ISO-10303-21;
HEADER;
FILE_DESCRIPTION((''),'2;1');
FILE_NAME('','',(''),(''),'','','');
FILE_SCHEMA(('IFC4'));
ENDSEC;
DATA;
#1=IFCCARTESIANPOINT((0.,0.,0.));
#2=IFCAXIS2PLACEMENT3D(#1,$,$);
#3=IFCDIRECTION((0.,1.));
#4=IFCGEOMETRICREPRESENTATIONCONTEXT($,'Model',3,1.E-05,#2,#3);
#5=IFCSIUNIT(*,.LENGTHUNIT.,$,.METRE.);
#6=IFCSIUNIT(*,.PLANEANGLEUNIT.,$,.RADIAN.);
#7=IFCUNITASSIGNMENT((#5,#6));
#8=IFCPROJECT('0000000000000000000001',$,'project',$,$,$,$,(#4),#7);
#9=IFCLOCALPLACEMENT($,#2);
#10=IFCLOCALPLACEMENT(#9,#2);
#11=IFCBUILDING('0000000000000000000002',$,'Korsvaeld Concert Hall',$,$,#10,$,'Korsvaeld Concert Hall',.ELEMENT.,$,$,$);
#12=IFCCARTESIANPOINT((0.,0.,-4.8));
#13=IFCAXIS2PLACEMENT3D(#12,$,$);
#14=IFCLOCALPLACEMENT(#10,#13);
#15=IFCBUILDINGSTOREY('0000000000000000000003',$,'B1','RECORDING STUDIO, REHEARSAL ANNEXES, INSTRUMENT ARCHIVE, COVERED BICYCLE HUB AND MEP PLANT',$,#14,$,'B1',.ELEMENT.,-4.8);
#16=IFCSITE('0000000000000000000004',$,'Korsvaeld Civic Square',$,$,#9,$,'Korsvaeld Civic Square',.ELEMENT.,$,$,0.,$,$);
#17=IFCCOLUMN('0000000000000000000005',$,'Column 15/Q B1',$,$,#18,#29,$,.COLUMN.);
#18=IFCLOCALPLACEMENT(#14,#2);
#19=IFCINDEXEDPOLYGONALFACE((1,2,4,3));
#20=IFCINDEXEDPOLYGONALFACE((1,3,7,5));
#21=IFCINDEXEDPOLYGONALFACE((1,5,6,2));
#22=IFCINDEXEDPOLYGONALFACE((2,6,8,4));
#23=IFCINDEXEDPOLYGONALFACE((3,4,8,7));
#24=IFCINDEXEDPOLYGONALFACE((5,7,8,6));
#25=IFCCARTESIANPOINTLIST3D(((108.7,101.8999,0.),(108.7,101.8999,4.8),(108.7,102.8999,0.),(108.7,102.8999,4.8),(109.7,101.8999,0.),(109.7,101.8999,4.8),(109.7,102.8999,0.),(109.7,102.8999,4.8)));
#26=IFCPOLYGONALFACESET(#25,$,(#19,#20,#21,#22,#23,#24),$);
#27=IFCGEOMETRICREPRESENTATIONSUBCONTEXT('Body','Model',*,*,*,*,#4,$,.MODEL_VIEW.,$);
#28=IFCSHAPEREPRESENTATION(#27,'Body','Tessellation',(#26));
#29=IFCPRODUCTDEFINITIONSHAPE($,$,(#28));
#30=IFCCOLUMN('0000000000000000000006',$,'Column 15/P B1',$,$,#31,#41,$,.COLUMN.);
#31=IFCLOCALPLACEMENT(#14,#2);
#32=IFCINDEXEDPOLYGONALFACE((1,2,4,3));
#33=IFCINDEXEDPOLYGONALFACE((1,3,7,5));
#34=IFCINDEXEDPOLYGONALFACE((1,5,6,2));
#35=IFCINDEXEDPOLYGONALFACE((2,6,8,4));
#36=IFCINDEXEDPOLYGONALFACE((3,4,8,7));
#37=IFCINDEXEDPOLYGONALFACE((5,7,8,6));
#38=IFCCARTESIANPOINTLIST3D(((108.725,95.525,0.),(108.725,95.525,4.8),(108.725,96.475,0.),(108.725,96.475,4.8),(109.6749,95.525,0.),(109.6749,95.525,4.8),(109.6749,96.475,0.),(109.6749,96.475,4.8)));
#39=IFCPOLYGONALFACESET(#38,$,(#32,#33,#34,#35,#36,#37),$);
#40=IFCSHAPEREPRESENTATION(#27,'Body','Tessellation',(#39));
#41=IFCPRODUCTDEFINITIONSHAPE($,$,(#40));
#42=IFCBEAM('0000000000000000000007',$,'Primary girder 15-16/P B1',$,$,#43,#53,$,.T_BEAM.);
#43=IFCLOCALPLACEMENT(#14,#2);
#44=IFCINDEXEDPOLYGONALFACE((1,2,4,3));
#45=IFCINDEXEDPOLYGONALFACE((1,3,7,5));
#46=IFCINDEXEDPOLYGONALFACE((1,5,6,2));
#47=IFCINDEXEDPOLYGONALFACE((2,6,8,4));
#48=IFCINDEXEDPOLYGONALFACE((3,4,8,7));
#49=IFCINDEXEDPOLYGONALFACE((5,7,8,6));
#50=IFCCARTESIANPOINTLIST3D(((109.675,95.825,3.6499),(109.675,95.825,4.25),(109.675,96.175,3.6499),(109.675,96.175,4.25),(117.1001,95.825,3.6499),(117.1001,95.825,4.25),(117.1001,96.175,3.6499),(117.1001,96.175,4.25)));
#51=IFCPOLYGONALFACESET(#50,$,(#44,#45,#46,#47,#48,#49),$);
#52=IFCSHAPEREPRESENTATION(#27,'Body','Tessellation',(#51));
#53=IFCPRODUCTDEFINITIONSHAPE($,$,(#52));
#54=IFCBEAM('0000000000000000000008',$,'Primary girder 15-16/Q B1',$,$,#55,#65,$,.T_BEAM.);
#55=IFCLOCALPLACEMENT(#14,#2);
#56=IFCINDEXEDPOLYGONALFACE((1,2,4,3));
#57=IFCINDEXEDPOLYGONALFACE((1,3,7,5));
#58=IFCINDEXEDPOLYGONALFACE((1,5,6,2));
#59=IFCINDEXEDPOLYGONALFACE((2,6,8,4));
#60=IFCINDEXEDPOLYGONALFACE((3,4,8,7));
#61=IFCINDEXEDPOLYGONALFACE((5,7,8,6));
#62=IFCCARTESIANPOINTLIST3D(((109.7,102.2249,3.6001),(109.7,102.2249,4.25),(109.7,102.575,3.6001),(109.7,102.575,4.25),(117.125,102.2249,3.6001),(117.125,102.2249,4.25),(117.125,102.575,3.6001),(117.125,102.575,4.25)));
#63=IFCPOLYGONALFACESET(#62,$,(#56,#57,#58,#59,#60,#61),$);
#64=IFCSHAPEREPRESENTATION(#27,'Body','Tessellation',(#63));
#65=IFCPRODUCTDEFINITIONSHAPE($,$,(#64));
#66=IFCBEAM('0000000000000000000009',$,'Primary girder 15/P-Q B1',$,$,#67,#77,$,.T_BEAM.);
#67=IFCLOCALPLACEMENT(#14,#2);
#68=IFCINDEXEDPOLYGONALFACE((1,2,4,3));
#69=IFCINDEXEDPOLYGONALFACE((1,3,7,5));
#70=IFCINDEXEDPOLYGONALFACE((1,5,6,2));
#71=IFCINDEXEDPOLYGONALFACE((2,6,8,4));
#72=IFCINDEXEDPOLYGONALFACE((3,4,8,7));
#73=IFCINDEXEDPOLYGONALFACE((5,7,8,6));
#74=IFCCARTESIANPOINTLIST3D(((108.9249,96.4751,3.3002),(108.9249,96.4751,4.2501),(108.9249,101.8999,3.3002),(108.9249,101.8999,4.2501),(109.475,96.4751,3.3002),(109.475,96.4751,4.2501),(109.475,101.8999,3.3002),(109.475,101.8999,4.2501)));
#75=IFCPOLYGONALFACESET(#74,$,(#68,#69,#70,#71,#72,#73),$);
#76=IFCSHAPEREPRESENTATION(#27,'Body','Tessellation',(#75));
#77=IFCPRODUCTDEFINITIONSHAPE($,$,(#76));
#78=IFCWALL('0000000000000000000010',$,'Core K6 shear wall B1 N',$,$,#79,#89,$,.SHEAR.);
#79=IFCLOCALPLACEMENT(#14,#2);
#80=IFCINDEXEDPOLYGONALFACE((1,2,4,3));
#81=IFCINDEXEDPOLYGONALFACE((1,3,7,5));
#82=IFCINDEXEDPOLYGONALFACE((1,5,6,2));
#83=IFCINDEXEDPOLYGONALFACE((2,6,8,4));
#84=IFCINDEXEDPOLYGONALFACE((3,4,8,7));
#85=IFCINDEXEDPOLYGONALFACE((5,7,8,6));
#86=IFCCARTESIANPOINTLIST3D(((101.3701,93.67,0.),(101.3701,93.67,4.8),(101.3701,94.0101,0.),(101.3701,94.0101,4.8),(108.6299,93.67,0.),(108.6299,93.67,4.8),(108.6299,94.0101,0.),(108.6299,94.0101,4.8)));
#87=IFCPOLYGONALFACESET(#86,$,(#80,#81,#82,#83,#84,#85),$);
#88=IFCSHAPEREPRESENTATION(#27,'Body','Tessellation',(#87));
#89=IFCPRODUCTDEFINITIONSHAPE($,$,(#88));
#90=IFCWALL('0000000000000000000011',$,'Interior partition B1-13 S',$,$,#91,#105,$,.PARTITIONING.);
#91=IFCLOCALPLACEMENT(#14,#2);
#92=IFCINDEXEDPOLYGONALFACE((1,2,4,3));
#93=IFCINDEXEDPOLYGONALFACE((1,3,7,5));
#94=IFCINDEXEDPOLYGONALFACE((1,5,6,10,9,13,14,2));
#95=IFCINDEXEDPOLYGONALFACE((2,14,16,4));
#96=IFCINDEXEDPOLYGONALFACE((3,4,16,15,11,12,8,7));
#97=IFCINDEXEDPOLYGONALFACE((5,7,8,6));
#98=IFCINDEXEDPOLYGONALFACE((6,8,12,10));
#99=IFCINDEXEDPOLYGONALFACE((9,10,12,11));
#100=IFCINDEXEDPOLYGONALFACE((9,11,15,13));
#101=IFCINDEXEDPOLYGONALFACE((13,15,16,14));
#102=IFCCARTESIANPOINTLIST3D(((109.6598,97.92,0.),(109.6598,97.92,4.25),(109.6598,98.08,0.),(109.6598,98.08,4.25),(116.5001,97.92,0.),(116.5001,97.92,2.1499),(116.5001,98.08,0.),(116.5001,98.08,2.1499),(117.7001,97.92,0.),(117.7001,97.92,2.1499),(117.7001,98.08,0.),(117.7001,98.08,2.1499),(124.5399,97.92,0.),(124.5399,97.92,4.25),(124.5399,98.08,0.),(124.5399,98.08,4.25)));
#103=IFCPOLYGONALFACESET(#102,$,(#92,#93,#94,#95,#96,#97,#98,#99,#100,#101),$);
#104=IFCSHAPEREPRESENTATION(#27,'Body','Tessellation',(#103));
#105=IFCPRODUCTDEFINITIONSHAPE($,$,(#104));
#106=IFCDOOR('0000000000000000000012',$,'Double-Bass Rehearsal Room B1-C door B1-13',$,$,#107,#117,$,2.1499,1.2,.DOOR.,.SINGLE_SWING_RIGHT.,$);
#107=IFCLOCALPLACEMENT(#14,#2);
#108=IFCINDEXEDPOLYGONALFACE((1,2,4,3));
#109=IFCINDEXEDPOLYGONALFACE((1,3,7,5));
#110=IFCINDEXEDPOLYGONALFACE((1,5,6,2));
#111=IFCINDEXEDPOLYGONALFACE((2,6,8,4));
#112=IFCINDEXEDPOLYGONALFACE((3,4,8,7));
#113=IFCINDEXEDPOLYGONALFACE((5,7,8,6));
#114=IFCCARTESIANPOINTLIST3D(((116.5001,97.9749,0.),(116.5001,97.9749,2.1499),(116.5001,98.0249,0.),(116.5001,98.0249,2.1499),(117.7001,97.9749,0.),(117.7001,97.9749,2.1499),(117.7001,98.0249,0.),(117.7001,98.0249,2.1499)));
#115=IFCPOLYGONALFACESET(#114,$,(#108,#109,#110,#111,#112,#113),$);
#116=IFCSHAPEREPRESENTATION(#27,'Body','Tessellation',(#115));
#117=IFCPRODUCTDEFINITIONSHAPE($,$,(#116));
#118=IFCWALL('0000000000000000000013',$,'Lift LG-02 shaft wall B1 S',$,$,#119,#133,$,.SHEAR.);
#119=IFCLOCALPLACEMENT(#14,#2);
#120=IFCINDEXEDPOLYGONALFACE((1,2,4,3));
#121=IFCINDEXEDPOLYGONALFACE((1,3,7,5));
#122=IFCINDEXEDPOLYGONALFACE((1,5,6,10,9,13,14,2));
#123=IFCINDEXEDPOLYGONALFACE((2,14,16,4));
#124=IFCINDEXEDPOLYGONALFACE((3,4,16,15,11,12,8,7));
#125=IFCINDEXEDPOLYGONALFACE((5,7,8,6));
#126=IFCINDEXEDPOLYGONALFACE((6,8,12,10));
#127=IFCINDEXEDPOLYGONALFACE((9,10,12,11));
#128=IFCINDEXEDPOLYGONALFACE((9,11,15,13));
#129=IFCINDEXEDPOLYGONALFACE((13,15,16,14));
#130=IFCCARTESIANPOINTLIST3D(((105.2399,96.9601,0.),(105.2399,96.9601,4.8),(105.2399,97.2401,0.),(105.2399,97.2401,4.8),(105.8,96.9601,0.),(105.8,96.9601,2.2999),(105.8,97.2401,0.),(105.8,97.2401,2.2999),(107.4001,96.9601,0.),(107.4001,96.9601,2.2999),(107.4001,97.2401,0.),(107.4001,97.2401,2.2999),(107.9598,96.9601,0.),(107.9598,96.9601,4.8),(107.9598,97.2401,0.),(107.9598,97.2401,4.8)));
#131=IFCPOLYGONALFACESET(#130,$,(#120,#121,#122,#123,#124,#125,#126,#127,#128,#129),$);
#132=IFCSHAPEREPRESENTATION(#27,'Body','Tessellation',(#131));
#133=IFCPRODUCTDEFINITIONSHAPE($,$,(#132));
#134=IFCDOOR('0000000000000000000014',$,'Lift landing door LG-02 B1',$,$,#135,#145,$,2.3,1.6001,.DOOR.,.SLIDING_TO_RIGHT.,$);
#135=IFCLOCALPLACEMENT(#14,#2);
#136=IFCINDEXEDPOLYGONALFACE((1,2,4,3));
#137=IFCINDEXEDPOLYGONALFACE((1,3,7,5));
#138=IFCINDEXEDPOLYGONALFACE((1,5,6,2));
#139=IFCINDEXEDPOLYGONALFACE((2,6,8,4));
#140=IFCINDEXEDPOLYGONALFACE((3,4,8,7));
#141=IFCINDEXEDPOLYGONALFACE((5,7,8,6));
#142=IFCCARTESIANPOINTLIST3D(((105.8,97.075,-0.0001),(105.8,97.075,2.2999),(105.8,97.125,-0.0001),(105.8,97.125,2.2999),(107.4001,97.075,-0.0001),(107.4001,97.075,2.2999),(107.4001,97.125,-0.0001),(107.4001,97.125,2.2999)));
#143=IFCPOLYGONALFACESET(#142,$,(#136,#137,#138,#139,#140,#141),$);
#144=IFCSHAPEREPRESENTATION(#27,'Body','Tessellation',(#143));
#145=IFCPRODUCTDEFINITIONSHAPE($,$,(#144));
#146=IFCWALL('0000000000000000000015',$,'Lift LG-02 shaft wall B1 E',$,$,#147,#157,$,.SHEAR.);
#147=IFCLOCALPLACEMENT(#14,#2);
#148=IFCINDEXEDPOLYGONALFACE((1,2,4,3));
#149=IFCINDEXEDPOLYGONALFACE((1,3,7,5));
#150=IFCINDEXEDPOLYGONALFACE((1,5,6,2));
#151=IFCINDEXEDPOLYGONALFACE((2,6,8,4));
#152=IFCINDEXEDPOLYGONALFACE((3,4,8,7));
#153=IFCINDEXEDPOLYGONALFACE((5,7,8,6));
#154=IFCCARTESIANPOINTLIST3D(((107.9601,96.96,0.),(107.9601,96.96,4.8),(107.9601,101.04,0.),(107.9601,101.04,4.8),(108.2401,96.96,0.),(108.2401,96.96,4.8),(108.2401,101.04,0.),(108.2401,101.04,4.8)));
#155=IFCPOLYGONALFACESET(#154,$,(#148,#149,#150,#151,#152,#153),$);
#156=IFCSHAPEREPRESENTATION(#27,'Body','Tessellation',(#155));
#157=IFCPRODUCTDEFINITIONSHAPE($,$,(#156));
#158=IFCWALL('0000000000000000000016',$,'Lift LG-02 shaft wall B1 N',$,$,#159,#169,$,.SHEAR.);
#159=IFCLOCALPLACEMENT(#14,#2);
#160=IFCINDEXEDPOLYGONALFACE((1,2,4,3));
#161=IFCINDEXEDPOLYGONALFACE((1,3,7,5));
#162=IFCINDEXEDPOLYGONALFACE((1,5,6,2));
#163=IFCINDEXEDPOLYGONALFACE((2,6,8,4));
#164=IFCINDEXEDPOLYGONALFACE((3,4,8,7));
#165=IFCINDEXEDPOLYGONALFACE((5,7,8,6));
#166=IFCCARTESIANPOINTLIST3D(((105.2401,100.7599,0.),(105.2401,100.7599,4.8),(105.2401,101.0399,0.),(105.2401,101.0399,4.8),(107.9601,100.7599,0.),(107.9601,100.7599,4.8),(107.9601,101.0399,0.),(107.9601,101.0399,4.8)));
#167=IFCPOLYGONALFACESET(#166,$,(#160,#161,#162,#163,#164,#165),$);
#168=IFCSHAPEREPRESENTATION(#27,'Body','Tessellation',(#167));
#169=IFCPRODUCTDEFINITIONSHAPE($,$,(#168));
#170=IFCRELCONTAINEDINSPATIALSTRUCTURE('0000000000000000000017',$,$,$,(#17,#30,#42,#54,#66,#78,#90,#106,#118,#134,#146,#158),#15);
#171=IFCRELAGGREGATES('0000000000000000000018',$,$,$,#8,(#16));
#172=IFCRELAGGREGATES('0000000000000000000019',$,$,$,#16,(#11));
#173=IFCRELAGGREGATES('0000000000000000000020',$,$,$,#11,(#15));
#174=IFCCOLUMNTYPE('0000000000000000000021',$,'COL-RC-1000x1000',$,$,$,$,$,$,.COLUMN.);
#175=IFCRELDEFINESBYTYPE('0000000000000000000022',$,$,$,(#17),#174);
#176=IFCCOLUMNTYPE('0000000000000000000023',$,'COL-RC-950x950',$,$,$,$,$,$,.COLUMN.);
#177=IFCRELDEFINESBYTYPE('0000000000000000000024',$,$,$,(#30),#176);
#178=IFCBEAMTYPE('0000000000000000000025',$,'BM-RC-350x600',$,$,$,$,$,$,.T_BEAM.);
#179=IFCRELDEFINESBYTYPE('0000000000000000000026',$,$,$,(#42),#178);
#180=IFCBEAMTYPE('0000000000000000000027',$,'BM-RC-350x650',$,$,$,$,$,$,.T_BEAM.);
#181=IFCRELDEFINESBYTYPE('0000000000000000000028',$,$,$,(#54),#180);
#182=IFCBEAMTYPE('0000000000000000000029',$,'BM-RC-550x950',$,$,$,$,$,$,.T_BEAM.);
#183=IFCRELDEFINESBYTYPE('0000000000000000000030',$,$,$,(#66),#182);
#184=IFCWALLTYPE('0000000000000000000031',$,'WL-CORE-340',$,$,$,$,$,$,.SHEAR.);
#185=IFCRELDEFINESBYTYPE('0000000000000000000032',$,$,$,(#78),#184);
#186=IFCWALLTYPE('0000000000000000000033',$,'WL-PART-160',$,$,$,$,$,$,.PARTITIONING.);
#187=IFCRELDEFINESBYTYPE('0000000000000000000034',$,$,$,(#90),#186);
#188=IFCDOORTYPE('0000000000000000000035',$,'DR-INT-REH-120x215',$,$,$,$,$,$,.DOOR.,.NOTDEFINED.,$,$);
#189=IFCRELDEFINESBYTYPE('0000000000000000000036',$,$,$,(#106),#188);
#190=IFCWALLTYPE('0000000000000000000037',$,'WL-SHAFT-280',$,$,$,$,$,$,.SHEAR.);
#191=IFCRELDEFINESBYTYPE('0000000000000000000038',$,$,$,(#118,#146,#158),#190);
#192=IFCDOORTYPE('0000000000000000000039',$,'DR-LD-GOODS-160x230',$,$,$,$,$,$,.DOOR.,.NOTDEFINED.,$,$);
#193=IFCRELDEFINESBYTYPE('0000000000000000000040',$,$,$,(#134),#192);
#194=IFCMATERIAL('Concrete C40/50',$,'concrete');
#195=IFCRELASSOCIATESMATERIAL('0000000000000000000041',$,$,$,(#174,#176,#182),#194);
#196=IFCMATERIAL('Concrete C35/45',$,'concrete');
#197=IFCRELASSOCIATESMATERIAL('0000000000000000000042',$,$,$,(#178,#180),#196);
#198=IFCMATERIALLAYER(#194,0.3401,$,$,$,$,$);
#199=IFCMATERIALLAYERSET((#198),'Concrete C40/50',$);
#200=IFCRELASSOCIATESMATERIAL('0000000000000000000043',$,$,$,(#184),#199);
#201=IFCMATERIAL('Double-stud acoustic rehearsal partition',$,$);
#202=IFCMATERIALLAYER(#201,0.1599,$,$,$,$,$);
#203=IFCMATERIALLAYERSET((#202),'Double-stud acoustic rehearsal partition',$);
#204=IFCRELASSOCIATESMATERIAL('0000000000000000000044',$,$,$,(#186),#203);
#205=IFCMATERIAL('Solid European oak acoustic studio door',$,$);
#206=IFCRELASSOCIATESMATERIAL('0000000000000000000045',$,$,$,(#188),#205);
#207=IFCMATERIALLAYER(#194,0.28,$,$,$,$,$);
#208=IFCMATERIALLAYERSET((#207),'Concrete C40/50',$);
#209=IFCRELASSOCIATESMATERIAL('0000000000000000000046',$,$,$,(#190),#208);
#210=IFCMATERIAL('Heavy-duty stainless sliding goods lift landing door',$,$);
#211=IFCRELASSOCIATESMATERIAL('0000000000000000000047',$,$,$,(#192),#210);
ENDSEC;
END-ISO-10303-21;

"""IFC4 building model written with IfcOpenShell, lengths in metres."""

from ifc_helpers import new_model, si_unit, direction, frame, frame_2d, origin, origin_2d, place, context, subcontext, project, spatial, rectangle, extrude, material, layer, layer_set, material_profile, profile_set, type_object, element, fill, save


model = new_model("IFC4")

# Units and contexts
model_context = context("Model", 3, precision=1e-05, world=origin(), true_north=direction((0.0, 1.0)))
body_context = subcontext(model_context, "Body", "Model", "MODEL_VIEW")
ifc_project = project(units=[si_unit("LENGTHUNIT", "METRE"), si_unit("PLANEANGLEUNIT", "RADIAN")], contexts=[model_context])

# Site, building, storey
site_placement = place(None, origin())
site = spatial("IfcSite", under=ifc_project, at=site_placement, Name="Korsvaeld Civic Square", LongName="Korsvaeld Civic Square", CompositionType="ELEMENT", RefElevation=0.0)
building_placement = place(site_placement, origin())
building = spatial("IfcBuilding", under=site, at=building_placement, Name="Korsvaeld Concert Hall", LongName="Korsvaeld Concert Hall", CompositionType="ELEMENT")
storey_placement = place(building_placement, frame((0.0, 0.0, -4.8)))
storey = spatial("IfcBuildingStorey", under=building, at=storey_placement, Name="B1", Description="RECORDING STUDIO, REHEARSAL ANNEXES, INSTRUMENT ARCHIVE, COVERED BICYCLE HUB AND MEP PLANT", LongName="B1", CompositionType="ELEMENT", Elevation=-4.8)

# Shared definitions
ifc_material_1 = material(Name="Concrete C35/45", Category="concrete")

# Columns
ifc_material_2 = material(Name="Concrete C40/50", Category="concrete")
ifc_material_profile_1 = material_profile(ifc_material_2, rectangle(XDim=1.0, YDim=1.0, at=origin_2d()), Name="RC 1000x1000")
ifc_profile_set_1 = profile_set([ifc_material_profile_1], Name="Concrete C40/50")
column_type_1 = type_object("IfcColumnType", Name="COL-RC-1000x1000", PredefinedType="COLUMN", material=ifc_profile_set_1)
column_1_placement = place(storey_placement, frame((109.2, 102.3999, 0.0), z_axis=(0.0, 0.0, 1.0), x_axis=(1.0, 0.0, 0.0)))
element("IfcColumn", 1, at=column_1_placement, inside=storey, type_object=column_type_1, Name="Column 15/Q B1", PredefinedType="COLUMN", context=body_context, shape_type="SweptSolid", body=[
    extrude(rectangle(XDim=1.0, YDim=1.0, at=origin_2d()), origin(), (0.0, 0.0, 1.0), 4.8),
])
ifc_material_profile_2 = material_profile(ifc_material_2, rectangle(XDim=0.95, YDim=0.95, at=origin_2d()), Name="RC 950x950")
ifc_profile_set_2 = profile_set([ifc_material_profile_2], Name="Concrete C40/50")
column_type_2 = type_object("IfcColumnType", Name="COL-RC-950x950", PredefinedType="COLUMN", material=ifc_profile_set_2)
column_2_placement = place(storey_placement, frame((109.2, 96.0, 0.0), z_axis=(0.0, 0.0, 1.0), x_axis=(1.0, 0.0, 0.0)))
element("IfcColumn", 2, at=column_2_placement, inside=storey, type_object=column_type_2, Name="Column 15/P B1", PredefinedType="COLUMN", context=body_context, shape_type="SweptSolid", body=[
    extrude(rectangle(XDim=0.95, YDim=0.95, at=origin_2d()), origin(), (0.0, 0.0, 1.0), 4.8),
])

# Beams
ifc_material_profile_3 = material_profile(ifc_material_1, rectangle(XDim=0.3501, YDim=0.6001, at=origin_2d()), Name="RC 350x600")
ifc_profile_set_3 = profile_set([ifc_material_profile_3], Name="Concrete C35/45")
beam_type_1 = type_object("IfcBeamType", Name="BM-RC-350x600", PredefinedType="T_BEAM", material=ifc_profile_set_3)
beam_1_placement = place(storey_placement, frame((109.675, 96.0, 3.95), z_axis=(1.0, 0.0, 0.0), x_axis=(0.0, 1.0, 0.0)))
element("IfcBeam", 3, at=beam_1_placement, inside=storey, type_object=beam_type_1, Name="Primary girder 15-16/P B1", PredefinedType="T_BEAM", context=body_context, shape_type="SweptSolid", body=[
    extrude(rectangle(XDim=0.3501, YDim=0.6001, at=origin_2d()), origin(), (0.0, 0.0, 1.0), 7.425),
])
ifc_material_profile_4 = material_profile(ifc_material_1, rectangle(XDim=0.3501, YDim=0.6499, at=origin_2d()), Name="RC 350x650")
ifc_profile_set_4 = profile_set([ifc_material_profile_4], Name="Concrete C35/45")
beam_type_2 = type_object("IfcBeamType", Name="BM-RC-350x650", PredefinedType="T_BEAM", material=ifc_profile_set_4)
beam_2_placement = place(storey_placement, frame((109.7, 102.3999, 3.925), z_axis=(1.0, 0.0, 0.0), x_axis=(0.0, 1.0, 0.0)))
element("IfcBeam", 4, at=beam_2_placement, inside=storey, type_object=beam_type_2, Name="Primary girder 15-16/Q B1", PredefinedType="T_BEAM", context=body_context, shape_type="SweptSolid", body=[
    extrude(rectangle(XDim=0.3501, YDim=0.6499, at=origin_2d()), origin(), (0.0, 0.0, 1.0), 7.425),
])
ifc_material_profile_5 = material_profile(ifc_material_2, rectangle(XDim=0.55, YDim=0.95, at=origin_2d()), Name="RC 550x950")
ifc_profile_set_5 = profile_set([ifc_material_profile_5], Name="Concrete C40/50")
beam_type_3 = type_object("IfcBeamType", Name="BM-RC-550x950", PredefinedType="T_BEAM", material=ifc_profile_set_5)
beam_3_placement = place(storey_placement, frame((109.2, 96.4751, 3.7751), z_axis=(0.0, 1.0, 0.0), x_axis=(-1.0, 0.0, 0.0)))
element("IfcBeam", 5, at=beam_3_placement, inside=storey, type_object=beam_type_3, Name="Primary girder 15/P-Q B1", PredefinedType="T_BEAM", context=body_context, shape_type="SweptSolid", body=[
    extrude(rectangle(XDim=0.55, YDim=0.95, at=origin_2d()), origin(), (0.0, 0.0, 1.0), 5.4248),
])

# Wall
ifc_layer_1 = layer(ifc_material_2, 0.3401)
ifc_layer_set_1 = layer_set([ifc_layer_1], Name="Concrete C40/50")
wall_type_1 = type_object("IfcWallType", Name="WL-CORE-340", PredefinedType="SHEAR", material=ifc_layer_set_1)
wall_1_placement = place(storey_placement, frame((108.6299, 93.8401, 0.0), z_axis=(0.0, 0.0, 1.0), x_axis=(-1.0, 0.0, 0.0)))
element("IfcWall", 6, at=wall_1_placement, inside=storey, type_object=wall_type_1, Name="Core K6 shear wall B1 N", PredefinedType="SHEAR", context=body_context, shape_type="SweptSolid", body=[
    extrude(rectangle(XDim=7.2598, YDim=0.3401, at=frame_2d((3.6299, 0.0))), origin(), (0.0, 0.0, 1.0), 4.8),
])

# Walls, openings, doors
ifc_material_3 = material(Name="Double-stud acoustic rehearsal partition")
ifc_layer_2 = layer(ifc_material_3, 0.1599)
ifc_layer_set_2 = layer_set([ifc_layer_2], Name="Double-stud acoustic rehearsal partition")
wall_type_2 = type_object("IfcWallType", Name="WL-PART-160", PredefinedType="PARTITIONING", material=ifc_layer_set_2)
wall_2_placement = place(storey_placement, frame((109.6599, 98.0, 0.0), z_axis=(0.0, 0.0, 1.0), x_axis=(1.0, 0.0, 0.0)))
wall_2 = element("IfcWall", 7, at=wall_2_placement, inside=storey, type_object=wall_type_2, Name="Interior partition B1-13 S", PredefinedType="PARTITIONING", context=body_context, shape_type="SweptSolid", body=[
    extrude(rectangle(XDim=14.8801, YDim=0.1599, at=frame_2d((7.4399, 0.0))), origin(), (0.0, 0.0, 1.0), 4.25),
])
opening_1_placement = place(wall_2_placement, frame((6.8401, 0.0, 0.0)))
opening_1 = element("IfcOpeningElement", 8, at=opening_1_placement, cuts=wall_2, PredefinedType="OPENING", context=body_context, shape_type="SweptSolid", body=[
    extrude(rectangle(XDim=1.2, YDim=2.1499, at=frame_2d((0.6001, 1.075))), frame((0.0, 0.0898, 0.0), z_axis=(0.0, -1.0, 0.0), x_axis=(1.0, 0.0, 0.0)), (0.0, 0.0, 1.0), 0.1799),
])
ifc_material_4 = material(Name="Solid European oak acoustic studio door")
door_type_1 = type_object("IfcDoorType", Name="DR-INT-REH-120x215", OperationType="NOTDEFINED", PredefinedType="DOOR", material=ifc_material_4)
door_1_placement = place(opening_1_placement, origin())
door_1 = element("IfcDoor", 9, at=door_1_placement, inside=storey, type_object=door_type_1, Name="Double-Bass Rehearsal Room B1-C door B1-13", OperationType="SINGLE_SWING_RIGHT", OverallHeight=2.1499, OverallWidth=1.2, PredefinedType="DOOR", context=body_context, shape_type="SweptSolid", body=[
    extrude(rectangle(XDim=1.2, YDim=2.1499, at=frame_2d((0.6001, 1.075))), frame((0.0, 0.0249, 0.0), z_axis=(0.0, -1.0, 0.0), x_axis=(1.0, 0.0, 0.0)), (0.0, 0.0, 1.0), 0.05),
])
fill(opening_1, door_1)
ifc_layer_3 = layer(ifc_material_2, 0.28)
ifc_layer_set_3 = layer_set([ifc_layer_3], Name="Concrete C40/50")
wall_type_3 = type_object("IfcWallType", Name="WL-SHAFT-280", PredefinedType="SHEAR", material=ifc_layer_set_3)
wall_3_placement = place(storey_placement, frame((105.24, 97.1001, 0.0), z_axis=(0.0, 0.0, 1.0), x_axis=(1.0, 0.0, 0.0)))
wall_3 = element("IfcWall", 10, at=wall_3_placement, inside=storey, type_object=wall_type_3, Name="Lift LG-02 shaft wall B1 S", PredefinedType="SHEAR", context=body_context, shape_type="SweptSolid", body=[
    extrude(rectangle(XDim=2.72, YDim=0.28, at=frame_2d((1.3599, 0.0))), origin(), (0.0, 0.0, 1.0), 4.8),
])
opening_2_placement = place(wall_3_placement, frame((0.5601, 0.0, 0.0)))
opening_2 = element("IfcOpeningElement", 11, at=opening_2_placement, cuts=wall_3, PredefinedType="OPENING", context=body_context, shape_type="SweptSolid", body=[
    extrude(rectangle(XDim=1.6001, YDim=2.3, at=frame_2d((0.8, 1.1499))), frame((0.0, 0.1499, 0.0), z_axis=(0.0, -1.0, 0.0), x_axis=(1.0, 0.0, 0.0)), (0.0, 0.0, 1.0), 0.3),
])
ifc_material_5 = material(Name="Heavy-duty stainless sliding goods lift landing door")
door_type_2 = type_object("IfcDoorType", Name="DR-LD-GOODS-160x230", OperationType="NOTDEFINED", PredefinedType="DOOR", material=ifc_material_5)
door_2_placement = place(opening_2_placement, origin())
door_2 = element("IfcDoor", 12, at=door_2_placement, inside=storey, type_object=door_type_2, Name="Lift landing door LG-02 B1", OperationType="SLIDING_TO_RIGHT", OverallHeight=2.3, OverallWidth=1.6001, PredefinedType="DOOR", context=body_context, shape_type="SweptSolid", body=[
    extrude(rectangle(XDim=1.6001, YDim=2.3, at=frame_2d((0.8, 1.1499))), frame((0.0, 0.0249, 0.0), z_axis=(0.0, -1.0, 0.0), x_axis=(1.0, 0.0, 0.0)), (0.0, 0.0, 1.0), 0.05),
])
fill(opening_2, door_2)

# Walls
wall_4_placement = place(storey_placement, frame((108.1001, 96.96, 0.0), z_axis=(0.0, 0.0, 1.0), x_axis=(0.0, 1.0, 0.0)))
element("IfcWall", 13, at=wall_4_placement, inside=storey, type_object=wall_type_3, Name="Lift LG-02 shaft wall B1 E", PredefinedType="SHEAR", context=body_context, shape_type="SweptSolid", body=[
    extrude(rectangle(XDim=4.0801, YDim=0.28, at=frame_2d((2.04, 0.0))), origin(), (0.0, 0.0, 1.0), 4.8),
])
wall_5_placement = place(storey_placement, frame((107.96, 100.8999, 0.0), z_axis=(0.0, 0.0, 1.0), x_axis=(-1.0, 0.0, 0.0)))
element("IfcWall", 14, at=wall_5_placement, inside=storey, type_object=wall_type_3, Name="Lift LG-02 shaft wall B1 N", PredefinedType="SHEAR", context=body_context, shape_type="SweptSolid", body=[
    extrude(rectangle(XDim=2.72, YDim=0.28, at=frame_2d((1.3599, 0.0))), origin(), (0.0, 0.0, 1.0), 4.8),
])

save(model, "model.ifc")
